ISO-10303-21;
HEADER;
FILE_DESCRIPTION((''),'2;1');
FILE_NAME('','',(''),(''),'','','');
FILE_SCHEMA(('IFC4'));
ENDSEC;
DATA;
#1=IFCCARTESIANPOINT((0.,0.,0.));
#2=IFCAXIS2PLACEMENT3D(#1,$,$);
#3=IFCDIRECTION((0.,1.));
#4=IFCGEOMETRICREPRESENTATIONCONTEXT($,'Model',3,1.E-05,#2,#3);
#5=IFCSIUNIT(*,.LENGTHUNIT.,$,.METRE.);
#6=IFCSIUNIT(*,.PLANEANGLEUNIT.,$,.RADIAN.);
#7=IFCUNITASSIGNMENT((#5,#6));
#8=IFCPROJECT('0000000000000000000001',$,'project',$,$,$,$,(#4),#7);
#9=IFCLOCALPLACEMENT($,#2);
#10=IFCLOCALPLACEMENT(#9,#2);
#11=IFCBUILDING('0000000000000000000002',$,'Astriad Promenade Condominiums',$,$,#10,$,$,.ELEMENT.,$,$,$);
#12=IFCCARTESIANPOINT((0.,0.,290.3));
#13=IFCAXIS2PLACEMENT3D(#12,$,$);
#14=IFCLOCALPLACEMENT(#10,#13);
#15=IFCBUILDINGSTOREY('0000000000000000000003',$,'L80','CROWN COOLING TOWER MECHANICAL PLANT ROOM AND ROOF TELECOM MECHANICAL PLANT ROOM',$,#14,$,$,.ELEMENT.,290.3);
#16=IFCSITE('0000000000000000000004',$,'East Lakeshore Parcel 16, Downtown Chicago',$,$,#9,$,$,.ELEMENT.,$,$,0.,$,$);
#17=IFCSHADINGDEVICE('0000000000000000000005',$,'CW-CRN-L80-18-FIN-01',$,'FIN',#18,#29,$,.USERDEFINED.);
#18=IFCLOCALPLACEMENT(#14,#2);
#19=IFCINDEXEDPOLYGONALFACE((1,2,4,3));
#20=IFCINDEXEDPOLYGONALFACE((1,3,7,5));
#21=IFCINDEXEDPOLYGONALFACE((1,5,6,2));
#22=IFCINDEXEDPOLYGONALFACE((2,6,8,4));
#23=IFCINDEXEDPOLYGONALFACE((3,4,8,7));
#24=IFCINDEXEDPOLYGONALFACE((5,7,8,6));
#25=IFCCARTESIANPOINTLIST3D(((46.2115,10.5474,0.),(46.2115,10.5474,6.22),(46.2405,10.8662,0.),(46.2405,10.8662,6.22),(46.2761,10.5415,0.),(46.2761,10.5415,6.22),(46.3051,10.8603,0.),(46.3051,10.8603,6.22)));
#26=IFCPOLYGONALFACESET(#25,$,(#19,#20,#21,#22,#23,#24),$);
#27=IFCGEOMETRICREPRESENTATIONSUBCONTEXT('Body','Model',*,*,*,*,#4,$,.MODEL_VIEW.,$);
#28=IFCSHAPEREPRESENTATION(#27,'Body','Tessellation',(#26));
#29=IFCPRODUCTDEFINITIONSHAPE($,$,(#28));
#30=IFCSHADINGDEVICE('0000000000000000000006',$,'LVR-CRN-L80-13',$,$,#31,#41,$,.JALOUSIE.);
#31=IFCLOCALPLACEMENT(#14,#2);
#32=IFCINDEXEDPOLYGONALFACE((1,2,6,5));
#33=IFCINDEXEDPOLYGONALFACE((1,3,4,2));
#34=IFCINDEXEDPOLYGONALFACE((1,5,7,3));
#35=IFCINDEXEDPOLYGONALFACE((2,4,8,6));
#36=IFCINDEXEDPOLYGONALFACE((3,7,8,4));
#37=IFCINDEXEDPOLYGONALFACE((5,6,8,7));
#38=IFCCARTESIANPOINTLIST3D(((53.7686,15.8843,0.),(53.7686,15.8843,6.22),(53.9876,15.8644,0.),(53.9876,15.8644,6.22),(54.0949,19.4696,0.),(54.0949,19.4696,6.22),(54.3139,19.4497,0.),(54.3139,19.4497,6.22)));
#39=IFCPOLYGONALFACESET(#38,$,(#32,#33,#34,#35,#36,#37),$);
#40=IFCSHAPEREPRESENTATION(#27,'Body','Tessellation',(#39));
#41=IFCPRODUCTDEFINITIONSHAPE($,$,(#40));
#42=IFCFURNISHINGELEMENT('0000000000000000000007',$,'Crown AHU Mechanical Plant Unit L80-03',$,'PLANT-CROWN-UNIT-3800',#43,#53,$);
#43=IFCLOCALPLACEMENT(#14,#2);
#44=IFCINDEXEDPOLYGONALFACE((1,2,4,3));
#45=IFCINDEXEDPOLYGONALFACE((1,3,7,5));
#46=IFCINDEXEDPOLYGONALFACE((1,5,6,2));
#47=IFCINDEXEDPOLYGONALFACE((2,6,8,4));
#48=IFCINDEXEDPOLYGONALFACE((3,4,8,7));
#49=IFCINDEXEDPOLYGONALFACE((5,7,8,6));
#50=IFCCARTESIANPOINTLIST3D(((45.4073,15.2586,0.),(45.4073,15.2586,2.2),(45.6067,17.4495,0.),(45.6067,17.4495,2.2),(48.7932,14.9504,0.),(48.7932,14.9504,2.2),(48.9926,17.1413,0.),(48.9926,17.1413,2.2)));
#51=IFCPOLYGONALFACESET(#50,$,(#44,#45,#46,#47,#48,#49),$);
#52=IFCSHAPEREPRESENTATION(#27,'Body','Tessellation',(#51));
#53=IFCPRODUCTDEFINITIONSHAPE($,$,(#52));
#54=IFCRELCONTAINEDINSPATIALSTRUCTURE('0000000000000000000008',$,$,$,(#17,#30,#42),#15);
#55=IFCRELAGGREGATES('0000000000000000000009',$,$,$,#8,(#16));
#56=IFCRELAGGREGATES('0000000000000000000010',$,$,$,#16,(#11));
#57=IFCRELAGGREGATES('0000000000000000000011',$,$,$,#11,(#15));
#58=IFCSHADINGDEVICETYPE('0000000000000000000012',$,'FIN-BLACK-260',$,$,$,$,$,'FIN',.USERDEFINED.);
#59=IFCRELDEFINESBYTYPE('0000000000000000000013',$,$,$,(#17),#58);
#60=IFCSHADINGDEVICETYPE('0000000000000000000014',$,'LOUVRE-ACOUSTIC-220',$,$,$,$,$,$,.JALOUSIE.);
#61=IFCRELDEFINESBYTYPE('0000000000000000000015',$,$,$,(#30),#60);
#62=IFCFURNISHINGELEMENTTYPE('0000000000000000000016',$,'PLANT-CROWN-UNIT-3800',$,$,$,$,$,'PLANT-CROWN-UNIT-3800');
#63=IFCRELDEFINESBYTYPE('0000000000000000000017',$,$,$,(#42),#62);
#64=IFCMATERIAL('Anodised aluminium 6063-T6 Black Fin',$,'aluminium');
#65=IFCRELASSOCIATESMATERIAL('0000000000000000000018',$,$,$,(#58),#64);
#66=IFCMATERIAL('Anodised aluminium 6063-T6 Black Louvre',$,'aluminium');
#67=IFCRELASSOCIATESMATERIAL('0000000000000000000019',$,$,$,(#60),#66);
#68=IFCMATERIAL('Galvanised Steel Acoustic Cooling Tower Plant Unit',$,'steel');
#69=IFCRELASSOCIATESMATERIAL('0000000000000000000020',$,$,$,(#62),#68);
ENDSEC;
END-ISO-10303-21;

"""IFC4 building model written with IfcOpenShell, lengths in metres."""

from ifc_helpers import new_model, si_unit, direction, frame, origin, origin_2d, place, context, subcontext, project, spatial, rectangle, extrude, source, transform, mapped, material, type_object, type_shapes, element, save


model = new_model("IFC4")

# Units and contexts
model_context = context("Model", 3, precision=1e-05, world=origin(), true_north=direction((0.0, 1.0)))
body_context = subcontext(model_context, "Body", "Model", "MODEL_VIEW")
ifc_project = project(units=[si_unit("LENGTHUNIT", "METRE"), si_unit("PLANEANGLEUNIT", "RADIAN")], contexts=[model_context])

# Site, building, storey
site_placement = place(None, origin())
site = spatial("IfcSite", under=ifc_project, at=site_placement, Name="East Lakeshore Parcel 16, Downtown Chicago", CompositionType="ELEMENT", RefElevation=0.0)
building_placement = place(site_placement, origin())
building = spatial("IfcBuilding", under=site, at=building_placement, Name="Astriad Promenade Condominiums", CompositionType="ELEMENT")
storey_placement = place(building_placement, frame((0.0, 0.0, 290.3)))
storey = spatial("IfcBuildingStorey", under=building, at=storey_placement, Name="L80", Description="CROWN COOLING TOWER MECHANICAL PLANT ROOM AND ROOF TELECOM MECHANICAL PLANT ROOM", CompositionType="ELEMENT", Elevation=290.3)

# Shading devices
ifc_material_1 = material(Name="Anodised aluminium 6063-T6 Black Fin", Category="aluminium")
shading_device_type_1 = type_object("IfcShadingDeviceType", Name="FIN-BLACK-260", ElementType="FIN", PredefinedType="USERDEFINED", material=ifc_material_1)
shared_shape_1 = source(origin(), body_context, "Body", "SweptSolid", [
    extrude(rectangle(XDim=0.0649, YDim=0.3201, at=origin_2d()), origin(), (0.0, 0.0, 1.0), 6.22),
])
type_shapes(shading_device_type_1, [shared_shape_1])
for number, where, z_axis, x_axis, name in (
    (1, (46.2583, 10.7039, 0.0), (0.0, 0.0, 1.0), (-0.995884, 0.090633, 0.0), "CW-CRN-L80-18-FIN-01"),
):
    element("IfcShadingDevice", number, at=place(storey_placement, frame(where, z_axis=z_axis, x_axis=x_axis)), inside=storey, type_object=shading_device_type_1, Name=name, ObjectType="FIN", PredefinedType="USERDEFINED", context=body_context, shape_type="MappedRepresentation", body=[
        mapped(shared_shape_1, transform((0.0, 0.0, 0.0), scale=1.0)),
    ])
ifc_material_2 = material(Name="Anodised aluminium 6063-T6 Black Louvre", Category="aluminium")
shading_device_type_2 = type_object("IfcShadingDeviceType", Name="LOUVRE-ACOUSTIC-220", PredefinedType="JALOUSIE", material=ifc_material_2)
shared_shape_2 = source(origin(), body_context, "Body", "SweptSolid", [
    extrude(rectangle(XDim=3.6001, YDim=0.22, at=origin_2d()), origin(), (0.0, 0.0, 1.0), 6.22),
])
type_shapes(shading_device_type_2, [shared_shape_2])
shading_device_placement = place(storey_placement, frame((54.0413, 17.667, 0.0), z_axis=(0.0, 0.0, 1.0), x_axis=(-0.090633, -0.995884, 0.0)))
element("IfcShadingDevice", 2, at=shading_device_placement, inside=storey, type_object=shading_device_type_2, Name="LVR-CRN-L80-13", PredefinedType="JALOUSIE", context=body_context, shape_type="MappedRepresentation", body=[
    mapped(shared_shape_2, transform((0.0, 0.0, 0.0), scale=1.0)),
])

# Furnishing element
ifc_material_3 = material(Name="Galvanised Steel Acoustic Cooling Tower Plant Unit", Category="steel")
furnishing_element_type = type_object("IfcFurnishingElementType", Name="PLANT-CROWN-UNIT-3800", ElementType="PLANT-CROWN-UNIT-3800", material=ifc_material_3)
shared_shape_3 = source(origin(), body_context, "Body", "SweptSolid", [
    extrude(rectangle(XDim=3.3999, YDim=2.2, at=origin_2d()), origin(), (0.0, 0.0, 1.0), 2.2),
])
type_shapes(furnishing_element_type, [shared_shape_3])
furnishing_placement = place(storey_placement, frame((47.2, 16.2, 0.0), z_axis=(0.0, 0.0, 1.0), x_axis=(0.995884, -0.090633, 0.0)))
element("IfcFurnishingElement", 3, at=furnishing_placement, inside=storey, type_object=furnishing_element_type, Name="Crown AHU Mechanical Plant Unit L80-03", ObjectType="PLANT-CROWN-UNIT-3800", context=body_context, shape_type="MappedRepresentation", body=[
    mapped(shared_shape_3, transform((0.0, 0.0, 0.0), scale=1.0)),
])

save(model, "model.ifc")
